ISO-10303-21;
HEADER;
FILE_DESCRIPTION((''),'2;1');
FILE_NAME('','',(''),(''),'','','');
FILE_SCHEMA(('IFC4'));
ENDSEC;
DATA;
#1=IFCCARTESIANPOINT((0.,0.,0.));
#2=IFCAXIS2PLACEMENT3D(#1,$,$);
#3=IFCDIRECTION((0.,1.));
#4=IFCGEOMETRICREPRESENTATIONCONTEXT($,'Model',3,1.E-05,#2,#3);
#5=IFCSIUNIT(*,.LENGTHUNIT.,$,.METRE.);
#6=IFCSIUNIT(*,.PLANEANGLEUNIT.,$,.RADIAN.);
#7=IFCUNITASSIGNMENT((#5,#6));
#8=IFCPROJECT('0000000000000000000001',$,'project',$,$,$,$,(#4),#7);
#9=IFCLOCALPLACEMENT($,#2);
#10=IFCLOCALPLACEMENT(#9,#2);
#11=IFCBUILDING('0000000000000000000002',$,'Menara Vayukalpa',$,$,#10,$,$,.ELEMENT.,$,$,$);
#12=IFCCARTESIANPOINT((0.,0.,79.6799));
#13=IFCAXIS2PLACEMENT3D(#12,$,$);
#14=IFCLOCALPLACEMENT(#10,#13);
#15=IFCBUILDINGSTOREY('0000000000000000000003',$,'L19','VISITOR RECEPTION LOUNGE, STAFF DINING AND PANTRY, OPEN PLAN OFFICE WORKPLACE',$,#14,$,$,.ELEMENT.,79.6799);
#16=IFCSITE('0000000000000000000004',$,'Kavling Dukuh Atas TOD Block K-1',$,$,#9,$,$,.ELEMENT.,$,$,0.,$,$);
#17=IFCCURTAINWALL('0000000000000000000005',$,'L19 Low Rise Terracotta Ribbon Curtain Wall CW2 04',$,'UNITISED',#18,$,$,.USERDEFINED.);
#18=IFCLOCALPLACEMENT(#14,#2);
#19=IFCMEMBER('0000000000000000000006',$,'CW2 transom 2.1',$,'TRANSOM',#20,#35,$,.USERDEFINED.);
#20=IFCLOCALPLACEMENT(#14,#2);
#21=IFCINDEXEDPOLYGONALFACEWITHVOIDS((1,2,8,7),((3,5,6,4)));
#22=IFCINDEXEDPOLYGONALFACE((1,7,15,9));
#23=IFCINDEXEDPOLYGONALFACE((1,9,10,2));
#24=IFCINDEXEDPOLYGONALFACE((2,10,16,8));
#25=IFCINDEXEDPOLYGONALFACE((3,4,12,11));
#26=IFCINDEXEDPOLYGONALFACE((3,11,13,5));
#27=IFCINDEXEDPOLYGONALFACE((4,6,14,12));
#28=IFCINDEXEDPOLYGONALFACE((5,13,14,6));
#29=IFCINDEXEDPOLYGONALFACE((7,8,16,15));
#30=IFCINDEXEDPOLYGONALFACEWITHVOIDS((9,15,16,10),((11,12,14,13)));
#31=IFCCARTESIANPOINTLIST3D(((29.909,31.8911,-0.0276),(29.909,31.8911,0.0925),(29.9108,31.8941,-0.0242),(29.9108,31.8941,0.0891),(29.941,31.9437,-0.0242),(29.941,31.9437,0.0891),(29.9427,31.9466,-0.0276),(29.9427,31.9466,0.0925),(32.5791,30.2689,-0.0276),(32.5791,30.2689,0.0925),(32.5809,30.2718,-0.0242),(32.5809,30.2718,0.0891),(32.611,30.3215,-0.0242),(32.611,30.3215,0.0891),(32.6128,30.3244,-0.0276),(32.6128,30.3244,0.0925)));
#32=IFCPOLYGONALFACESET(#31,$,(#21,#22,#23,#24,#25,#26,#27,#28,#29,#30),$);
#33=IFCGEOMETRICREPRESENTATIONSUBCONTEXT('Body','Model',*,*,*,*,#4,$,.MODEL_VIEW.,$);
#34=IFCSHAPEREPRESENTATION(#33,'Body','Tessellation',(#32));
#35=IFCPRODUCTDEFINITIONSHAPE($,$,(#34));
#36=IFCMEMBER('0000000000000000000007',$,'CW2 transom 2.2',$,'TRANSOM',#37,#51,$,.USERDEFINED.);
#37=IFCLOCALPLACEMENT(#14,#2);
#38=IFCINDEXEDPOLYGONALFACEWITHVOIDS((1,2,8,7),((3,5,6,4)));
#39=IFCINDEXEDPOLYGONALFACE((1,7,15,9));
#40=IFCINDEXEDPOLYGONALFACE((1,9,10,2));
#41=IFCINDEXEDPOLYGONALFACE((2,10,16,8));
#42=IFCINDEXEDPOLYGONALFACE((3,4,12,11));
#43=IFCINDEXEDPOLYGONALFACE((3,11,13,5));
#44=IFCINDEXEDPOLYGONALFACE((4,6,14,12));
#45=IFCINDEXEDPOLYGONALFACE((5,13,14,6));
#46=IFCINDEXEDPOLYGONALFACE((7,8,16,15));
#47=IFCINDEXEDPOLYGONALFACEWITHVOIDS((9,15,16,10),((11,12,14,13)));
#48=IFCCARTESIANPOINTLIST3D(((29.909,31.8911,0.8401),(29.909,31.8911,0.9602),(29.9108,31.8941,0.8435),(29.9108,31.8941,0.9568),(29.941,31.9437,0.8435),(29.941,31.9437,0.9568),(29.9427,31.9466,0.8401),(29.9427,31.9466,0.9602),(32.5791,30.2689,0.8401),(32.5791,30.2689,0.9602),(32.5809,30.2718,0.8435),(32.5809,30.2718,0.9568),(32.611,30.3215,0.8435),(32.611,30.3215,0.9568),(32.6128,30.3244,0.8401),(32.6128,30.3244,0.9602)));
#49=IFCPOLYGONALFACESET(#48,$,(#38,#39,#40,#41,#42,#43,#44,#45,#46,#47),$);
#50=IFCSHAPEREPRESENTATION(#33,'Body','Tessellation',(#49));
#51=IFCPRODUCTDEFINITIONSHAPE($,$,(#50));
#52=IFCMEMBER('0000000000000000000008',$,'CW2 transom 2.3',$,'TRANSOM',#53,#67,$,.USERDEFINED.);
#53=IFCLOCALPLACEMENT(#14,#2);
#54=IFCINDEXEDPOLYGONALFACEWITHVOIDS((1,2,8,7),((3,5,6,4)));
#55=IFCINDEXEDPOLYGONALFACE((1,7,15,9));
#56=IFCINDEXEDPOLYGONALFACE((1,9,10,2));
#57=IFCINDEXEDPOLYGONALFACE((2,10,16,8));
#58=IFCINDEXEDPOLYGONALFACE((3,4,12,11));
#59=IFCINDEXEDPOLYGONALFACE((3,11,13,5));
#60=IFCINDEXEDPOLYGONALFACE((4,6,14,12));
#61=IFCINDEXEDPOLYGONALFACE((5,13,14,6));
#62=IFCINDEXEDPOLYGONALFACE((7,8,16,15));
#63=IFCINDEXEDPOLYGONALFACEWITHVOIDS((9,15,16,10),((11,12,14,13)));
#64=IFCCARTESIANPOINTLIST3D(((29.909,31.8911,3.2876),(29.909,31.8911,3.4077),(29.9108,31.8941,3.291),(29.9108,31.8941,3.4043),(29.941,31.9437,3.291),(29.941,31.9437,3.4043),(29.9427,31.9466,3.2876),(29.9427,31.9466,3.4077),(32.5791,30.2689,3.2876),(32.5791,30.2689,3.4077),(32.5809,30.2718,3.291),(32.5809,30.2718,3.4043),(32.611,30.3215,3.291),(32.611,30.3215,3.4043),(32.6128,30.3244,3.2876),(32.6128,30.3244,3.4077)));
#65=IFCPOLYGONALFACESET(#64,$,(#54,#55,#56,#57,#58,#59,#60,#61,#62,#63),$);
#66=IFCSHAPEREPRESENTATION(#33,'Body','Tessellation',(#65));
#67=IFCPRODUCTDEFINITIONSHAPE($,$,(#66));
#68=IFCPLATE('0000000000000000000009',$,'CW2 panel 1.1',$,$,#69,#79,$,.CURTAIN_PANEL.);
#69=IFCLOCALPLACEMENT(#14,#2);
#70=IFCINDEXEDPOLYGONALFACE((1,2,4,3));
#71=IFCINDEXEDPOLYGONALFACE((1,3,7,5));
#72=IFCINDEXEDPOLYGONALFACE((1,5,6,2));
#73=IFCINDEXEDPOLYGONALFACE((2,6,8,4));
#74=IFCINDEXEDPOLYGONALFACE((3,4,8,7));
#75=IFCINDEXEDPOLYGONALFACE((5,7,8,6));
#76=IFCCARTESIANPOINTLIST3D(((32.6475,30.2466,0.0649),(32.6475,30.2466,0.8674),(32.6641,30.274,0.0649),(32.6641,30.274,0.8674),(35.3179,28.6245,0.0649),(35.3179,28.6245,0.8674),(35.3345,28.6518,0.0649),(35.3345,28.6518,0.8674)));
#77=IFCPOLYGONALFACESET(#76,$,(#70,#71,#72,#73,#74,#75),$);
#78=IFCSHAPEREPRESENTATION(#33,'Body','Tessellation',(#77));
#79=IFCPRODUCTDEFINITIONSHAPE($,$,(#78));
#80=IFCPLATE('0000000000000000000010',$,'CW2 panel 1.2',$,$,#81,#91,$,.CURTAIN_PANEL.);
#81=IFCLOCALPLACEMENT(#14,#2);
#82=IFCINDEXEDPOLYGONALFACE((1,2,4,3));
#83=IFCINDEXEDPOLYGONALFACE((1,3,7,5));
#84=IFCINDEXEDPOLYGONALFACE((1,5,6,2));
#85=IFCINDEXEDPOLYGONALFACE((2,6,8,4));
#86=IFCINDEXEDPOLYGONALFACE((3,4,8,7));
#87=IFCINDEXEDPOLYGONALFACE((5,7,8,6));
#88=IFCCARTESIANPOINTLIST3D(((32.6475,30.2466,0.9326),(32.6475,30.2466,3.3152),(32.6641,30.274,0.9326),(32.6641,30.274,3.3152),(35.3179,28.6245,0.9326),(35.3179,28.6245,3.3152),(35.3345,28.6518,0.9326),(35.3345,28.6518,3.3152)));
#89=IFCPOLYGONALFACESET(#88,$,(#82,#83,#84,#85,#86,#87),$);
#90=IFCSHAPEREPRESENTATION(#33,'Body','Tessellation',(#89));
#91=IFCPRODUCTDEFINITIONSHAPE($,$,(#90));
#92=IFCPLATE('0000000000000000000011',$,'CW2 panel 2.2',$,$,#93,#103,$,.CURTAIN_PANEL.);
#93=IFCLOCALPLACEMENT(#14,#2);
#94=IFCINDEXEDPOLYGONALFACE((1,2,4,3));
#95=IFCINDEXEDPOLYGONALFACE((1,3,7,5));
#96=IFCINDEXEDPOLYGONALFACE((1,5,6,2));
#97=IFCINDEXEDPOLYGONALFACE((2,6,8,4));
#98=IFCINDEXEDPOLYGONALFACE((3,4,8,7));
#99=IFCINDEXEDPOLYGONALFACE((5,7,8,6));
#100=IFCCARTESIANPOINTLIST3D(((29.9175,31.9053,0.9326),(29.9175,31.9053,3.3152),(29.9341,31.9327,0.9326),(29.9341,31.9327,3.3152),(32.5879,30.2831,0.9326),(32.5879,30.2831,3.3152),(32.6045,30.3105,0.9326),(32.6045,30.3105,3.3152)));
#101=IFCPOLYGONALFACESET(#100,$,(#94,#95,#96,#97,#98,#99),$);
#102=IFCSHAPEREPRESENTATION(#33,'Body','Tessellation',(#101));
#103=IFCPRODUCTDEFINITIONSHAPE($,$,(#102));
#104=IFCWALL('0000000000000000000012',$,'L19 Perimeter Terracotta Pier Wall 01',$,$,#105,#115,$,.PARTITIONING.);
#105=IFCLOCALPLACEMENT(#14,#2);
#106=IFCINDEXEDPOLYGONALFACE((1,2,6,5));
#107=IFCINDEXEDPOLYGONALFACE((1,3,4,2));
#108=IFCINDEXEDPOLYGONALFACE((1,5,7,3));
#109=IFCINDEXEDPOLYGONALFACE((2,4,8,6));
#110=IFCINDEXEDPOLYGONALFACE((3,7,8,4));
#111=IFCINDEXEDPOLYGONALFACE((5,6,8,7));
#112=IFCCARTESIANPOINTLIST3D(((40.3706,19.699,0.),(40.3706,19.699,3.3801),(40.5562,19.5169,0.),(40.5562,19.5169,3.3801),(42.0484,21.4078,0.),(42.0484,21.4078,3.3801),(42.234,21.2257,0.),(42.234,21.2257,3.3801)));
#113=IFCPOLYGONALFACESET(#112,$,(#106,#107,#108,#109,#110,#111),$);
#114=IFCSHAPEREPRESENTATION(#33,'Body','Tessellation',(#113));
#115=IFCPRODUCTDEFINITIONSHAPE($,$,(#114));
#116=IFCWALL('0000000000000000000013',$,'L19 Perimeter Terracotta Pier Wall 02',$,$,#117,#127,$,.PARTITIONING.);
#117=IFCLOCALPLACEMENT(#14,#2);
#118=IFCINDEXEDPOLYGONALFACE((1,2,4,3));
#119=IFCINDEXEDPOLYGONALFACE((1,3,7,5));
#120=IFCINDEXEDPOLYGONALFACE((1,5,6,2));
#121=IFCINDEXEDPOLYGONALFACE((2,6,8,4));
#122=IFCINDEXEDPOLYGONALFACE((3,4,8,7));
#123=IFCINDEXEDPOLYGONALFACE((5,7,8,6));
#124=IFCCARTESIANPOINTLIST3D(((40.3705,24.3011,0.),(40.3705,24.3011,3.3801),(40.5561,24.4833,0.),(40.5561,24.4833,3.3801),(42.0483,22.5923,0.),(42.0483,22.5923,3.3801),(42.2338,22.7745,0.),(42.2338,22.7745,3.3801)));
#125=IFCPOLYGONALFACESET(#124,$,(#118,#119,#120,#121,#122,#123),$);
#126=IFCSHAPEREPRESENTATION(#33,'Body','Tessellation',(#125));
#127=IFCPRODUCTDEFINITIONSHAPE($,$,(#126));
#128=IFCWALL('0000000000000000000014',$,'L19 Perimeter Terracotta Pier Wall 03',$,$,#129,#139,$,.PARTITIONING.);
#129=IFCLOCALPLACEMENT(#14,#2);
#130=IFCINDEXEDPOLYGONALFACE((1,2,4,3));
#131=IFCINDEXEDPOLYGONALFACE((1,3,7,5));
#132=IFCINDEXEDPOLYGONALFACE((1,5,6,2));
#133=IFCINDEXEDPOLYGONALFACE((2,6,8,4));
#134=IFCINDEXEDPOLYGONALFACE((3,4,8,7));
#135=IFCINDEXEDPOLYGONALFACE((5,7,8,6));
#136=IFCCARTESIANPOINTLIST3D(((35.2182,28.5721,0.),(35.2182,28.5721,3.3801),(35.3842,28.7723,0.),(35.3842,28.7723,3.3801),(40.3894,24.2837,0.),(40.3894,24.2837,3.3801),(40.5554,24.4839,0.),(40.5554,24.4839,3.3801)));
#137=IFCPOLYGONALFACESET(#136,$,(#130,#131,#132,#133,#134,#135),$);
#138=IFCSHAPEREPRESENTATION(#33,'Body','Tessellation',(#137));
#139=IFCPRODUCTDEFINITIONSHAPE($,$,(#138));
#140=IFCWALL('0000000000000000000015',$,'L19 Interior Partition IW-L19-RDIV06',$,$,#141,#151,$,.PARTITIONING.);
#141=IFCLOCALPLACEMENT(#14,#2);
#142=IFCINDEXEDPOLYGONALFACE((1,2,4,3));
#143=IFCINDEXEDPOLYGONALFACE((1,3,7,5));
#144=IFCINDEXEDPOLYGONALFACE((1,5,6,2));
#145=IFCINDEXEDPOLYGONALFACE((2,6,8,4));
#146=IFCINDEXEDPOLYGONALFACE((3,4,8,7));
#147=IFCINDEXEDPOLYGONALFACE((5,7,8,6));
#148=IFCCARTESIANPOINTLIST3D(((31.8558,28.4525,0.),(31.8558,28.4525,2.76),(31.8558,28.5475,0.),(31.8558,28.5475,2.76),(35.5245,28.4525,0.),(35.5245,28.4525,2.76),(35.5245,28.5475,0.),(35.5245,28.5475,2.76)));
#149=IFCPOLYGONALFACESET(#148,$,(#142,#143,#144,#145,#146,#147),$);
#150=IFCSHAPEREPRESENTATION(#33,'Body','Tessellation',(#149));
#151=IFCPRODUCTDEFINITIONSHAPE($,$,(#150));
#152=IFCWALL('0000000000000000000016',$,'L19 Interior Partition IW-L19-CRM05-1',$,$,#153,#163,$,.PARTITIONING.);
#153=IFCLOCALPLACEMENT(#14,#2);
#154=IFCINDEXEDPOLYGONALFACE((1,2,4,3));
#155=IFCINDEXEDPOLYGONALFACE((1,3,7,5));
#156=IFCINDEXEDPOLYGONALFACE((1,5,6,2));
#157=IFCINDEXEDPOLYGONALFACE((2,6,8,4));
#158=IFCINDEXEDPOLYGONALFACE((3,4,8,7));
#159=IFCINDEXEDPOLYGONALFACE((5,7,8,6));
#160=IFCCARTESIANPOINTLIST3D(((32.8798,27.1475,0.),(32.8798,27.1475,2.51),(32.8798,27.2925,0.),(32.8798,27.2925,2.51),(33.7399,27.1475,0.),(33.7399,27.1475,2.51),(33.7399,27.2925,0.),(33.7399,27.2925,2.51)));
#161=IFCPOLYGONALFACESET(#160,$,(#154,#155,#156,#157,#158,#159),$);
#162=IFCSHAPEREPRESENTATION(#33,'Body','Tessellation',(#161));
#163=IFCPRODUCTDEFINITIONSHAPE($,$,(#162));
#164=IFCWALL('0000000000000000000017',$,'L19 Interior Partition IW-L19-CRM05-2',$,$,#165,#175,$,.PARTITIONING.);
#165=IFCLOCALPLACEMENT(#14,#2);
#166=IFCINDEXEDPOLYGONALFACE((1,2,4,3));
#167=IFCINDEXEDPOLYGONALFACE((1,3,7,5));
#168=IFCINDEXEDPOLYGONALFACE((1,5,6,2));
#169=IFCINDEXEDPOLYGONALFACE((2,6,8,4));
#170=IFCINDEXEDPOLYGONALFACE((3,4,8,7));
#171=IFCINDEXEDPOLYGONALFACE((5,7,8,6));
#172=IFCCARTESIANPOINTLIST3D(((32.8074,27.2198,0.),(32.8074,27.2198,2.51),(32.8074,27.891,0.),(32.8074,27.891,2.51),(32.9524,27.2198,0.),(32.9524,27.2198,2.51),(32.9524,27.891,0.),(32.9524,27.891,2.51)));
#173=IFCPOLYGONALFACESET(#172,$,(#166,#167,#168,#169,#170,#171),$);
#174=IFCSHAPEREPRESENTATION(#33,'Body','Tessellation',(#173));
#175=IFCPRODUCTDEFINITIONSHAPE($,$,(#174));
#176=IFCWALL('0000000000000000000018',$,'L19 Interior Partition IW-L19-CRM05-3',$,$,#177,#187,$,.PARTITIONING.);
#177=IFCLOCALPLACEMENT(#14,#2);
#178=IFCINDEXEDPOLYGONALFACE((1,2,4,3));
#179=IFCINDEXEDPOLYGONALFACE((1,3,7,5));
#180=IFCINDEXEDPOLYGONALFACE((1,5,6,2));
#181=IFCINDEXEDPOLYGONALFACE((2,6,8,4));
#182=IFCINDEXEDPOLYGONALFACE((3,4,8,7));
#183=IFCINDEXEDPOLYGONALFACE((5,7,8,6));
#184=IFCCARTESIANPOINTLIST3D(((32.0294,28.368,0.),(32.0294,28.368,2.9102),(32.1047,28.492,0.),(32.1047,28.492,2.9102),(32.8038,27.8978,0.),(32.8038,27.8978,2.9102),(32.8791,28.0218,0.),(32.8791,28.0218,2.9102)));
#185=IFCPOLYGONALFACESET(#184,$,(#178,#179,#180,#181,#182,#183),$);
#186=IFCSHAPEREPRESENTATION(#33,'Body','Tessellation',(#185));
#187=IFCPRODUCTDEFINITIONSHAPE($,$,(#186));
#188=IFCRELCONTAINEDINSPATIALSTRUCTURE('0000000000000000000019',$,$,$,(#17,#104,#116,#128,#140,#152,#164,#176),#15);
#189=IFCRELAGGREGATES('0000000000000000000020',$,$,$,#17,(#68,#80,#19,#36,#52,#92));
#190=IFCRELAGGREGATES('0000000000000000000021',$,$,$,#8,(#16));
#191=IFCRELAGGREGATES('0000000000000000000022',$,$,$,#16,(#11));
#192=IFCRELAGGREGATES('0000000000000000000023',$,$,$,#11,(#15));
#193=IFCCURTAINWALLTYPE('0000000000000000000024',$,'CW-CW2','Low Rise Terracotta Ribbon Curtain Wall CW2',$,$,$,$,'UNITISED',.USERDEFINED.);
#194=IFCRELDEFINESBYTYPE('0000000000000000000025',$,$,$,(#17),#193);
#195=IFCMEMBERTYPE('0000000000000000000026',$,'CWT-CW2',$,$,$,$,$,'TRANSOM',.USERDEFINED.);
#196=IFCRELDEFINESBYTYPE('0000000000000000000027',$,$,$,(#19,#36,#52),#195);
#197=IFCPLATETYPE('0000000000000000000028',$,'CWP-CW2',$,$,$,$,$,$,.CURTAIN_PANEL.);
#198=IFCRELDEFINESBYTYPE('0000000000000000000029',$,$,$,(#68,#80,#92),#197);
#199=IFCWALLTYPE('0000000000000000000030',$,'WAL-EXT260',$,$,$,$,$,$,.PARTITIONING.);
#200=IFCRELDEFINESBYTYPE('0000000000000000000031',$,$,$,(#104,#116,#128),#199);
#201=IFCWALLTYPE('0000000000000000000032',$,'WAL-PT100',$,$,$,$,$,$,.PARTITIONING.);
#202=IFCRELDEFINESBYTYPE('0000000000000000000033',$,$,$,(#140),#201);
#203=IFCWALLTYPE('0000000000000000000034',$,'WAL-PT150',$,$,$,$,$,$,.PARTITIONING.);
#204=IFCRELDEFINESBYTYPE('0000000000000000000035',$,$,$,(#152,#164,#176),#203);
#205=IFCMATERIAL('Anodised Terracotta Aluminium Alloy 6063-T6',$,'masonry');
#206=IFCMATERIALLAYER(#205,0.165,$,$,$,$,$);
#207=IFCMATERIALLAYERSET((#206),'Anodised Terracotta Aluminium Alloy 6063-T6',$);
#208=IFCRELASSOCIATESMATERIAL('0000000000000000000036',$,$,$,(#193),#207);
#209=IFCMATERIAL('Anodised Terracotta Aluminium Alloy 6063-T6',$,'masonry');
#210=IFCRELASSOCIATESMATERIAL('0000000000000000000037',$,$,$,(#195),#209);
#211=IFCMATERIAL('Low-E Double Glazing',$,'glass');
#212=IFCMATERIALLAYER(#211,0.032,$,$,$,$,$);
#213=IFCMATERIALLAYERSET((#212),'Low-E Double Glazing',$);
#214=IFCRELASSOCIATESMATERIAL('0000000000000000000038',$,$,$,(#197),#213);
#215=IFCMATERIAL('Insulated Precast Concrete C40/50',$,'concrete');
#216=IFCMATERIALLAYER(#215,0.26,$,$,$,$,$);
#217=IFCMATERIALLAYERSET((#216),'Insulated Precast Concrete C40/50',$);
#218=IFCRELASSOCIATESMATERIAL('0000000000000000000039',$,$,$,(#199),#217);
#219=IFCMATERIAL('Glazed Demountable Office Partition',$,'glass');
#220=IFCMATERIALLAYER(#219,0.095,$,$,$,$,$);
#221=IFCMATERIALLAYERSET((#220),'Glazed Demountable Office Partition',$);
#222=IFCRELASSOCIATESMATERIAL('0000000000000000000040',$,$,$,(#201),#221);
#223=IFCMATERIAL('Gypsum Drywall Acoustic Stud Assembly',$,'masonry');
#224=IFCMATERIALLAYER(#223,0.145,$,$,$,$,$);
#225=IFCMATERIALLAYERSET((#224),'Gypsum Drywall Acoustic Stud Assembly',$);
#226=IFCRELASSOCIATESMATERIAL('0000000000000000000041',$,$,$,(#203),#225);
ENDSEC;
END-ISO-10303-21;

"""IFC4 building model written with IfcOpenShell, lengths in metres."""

from ifc_helpers import new_model, si_unit, direction, frame, frame_2d, origin, origin_2d, place, context, subcontext, project, spatial, rectangle, hollow_rectangle, extrude, material, layer, layer_set, material_profile, profile_set, type_object, element, aggregate, save


model = new_model("IFC4")

# Units and contexts
model_context = context("Model", 3, precision=1e-05, world=origin(), true_north=direction((0.0, 1.0)))
body_context = subcontext(model_context, "Body", "Model", "MODEL_VIEW")
ifc_project = project(units=[si_unit("LENGTHUNIT", "METRE"), si_unit("PLANEANGLEUNIT", "RADIAN")], contexts=[model_context])

# Site, building, storey
site_placement = place(None, origin())
site = spatial("IfcSite", under=ifc_project, at=site_placement, Name="Kavling Dukuh Atas TOD Block K-1", CompositionType="ELEMENT", RefElevation=0.0)
building_placement = place(site_placement, origin())
building = spatial("IfcBuilding", under=site, at=building_placement, Name="Menara Vayukalpa", CompositionType="ELEMENT")
storey_placement = place(building_placement, frame((0.0, 0.0, 79.6799)))
storey = spatial("IfcBuildingStorey", under=building, at=storey_placement, Name="L19", Description="VISITOR RECEPTION LOUNGE, STAFF DINING AND PANTRY, OPEN PLAN OFFICE WORKPLACE", CompositionType="ELEMENT", Elevation=79.6799)

# Curtain wall, members, plates
ifc_material_1 = material(Name="Anodised Terracotta Aluminium Alloy 6063-T6", Category="masonry")
ifc_layer_1 = layer(ifc_material_1, 0.165)
ifc_layer_set_1 = layer_set([ifc_layer_1], Name="Anodised Terracotta Aluminium Alloy 6063-T6")
curtain_wall_type = type_object("IfcCurtainWallType", Name="CW-CW2", Description="Low Rise Terracotta Ribbon Curtain Wall CW2", ElementType="UNITISED", PredefinedType="USERDEFINED", material=ifc_layer_set_1)
curtain_wall_placement = place(storey_placement, origin())
curtain_wall = element("IfcCurtainWall", 1, at=curtain_wall_placement, inside=storey, type_object=curtain_wall_type, Name="L19 Low Rise Terracotta Ribbon Curtain Wall CW2 04", ObjectType="UNITISED", PredefinedType="USERDEFINED")
ifc_material_2 = material(Name="Anodised Terracotta Aluminium Alloy 6063-T6", Category="masonry")
ifc_material_profile_1 = material_profile(ifc_material_2, hollow_rectangle(XDim=0.0649, YDim=0.1201, WallThickness=0.0034, at=origin_2d()), Name="ALU 65x120x3.5")
ifc_profile_set_1 = profile_set([ifc_material_profile_1], Name="Anodised Terracotta Aluminium Alloy 6063-T6")
member_type_1 = type_object("IfcMemberType", Name="CWT-CW2", ElementType="TRANSOM", PredefinedType="USERDEFINED", material=ifc_profile_set_1)
member_1_placement = place(storey_placement, frame((32.5959, 30.2966, 0.0325), z_axis=(-0.854625, 0.519245, 0.0), x_axis=(-0.519245, -0.854625, 0.0)))
member_1 = element("IfcMember", 2, at=member_1_placement, type_object=member_type_1, Name="CW2 transom 2.1", ObjectType="TRANSOM", PredefinedType="USERDEFINED", context=body_context, shape_type="SweptSolid", body=[
    extrude(hollow_rectangle(XDim=0.0649, YDim=0.1201, WallThickness=0.0034, at=origin_2d()), origin(), (0.0, 0.0, 1.0), 3.1243),
])
member_2_placement = place(storey_placement, frame((32.5959, 30.2966, 0.9001), z_axis=(-0.854625, 0.519245, 0.0), x_axis=(-0.519245, -0.854625, 0.0)))
member_2 = element("IfcMember", 3, at=member_2_placement, type_object=member_type_1, Name="CW2 transom 2.2", ObjectType="TRANSOM", PredefinedType="USERDEFINED", context=body_context, shape_type="SweptSolid", body=[
    extrude(hollow_rectangle(XDim=0.0649, YDim=0.1201, WallThickness=0.0034, at=origin_2d()), origin(), (0.0, 0.0, 1.0), 3.1243),
])
member_3_placement = place(storey_placement, frame((32.5959, 30.2966, 3.3477), z_axis=(-0.854625, 0.519245, 0.0), x_axis=(-0.519245, -0.854625, 0.0)))
member_3 = element("IfcMember", 4, at=member_3_placement, type_object=member_type_1, Name="CW2 transom 2.3", ObjectType="TRANSOM", PredefinedType="USERDEFINED", context=body_context, shape_type="SweptSolid", body=[
    extrude(hollow_rectangle(XDim=0.0649, YDim=0.1201, WallThickness=0.0034, at=origin_2d()), origin(), (0.0, 0.0, 1.0), 3.1243),
])
ifc_material_3 = material(Name="Low-E Double Glazing", Category="glass")
ifc_layer_2 = layer(ifc_material_3, 0.032)
ifc_layer_set_2 = layer_set([ifc_layer_2], Name="Low-E Double Glazing")
plate_type = type_object("IfcPlateType", Name="CWP-CW2", PredefinedType="CURTAIN_PANEL", material=ifc_layer_set_2)
plate_1_placement = place(storey_placement, frame((33.991, 29.4492, 0.0649), z_axis=(0.0, 0.0, 1.0), x_axis=(-0.854663, 0.519183, 0.0)))
plate_1 = element("IfcPlate", 5, at=plate_1_placement, type_object=plate_type, Name="CW2 panel 1.1", PredefinedType="CURTAIN_PANEL", context=body_context, shape_type="SweptSolid", body=[
    extrude(rectangle(XDim=3.1245, YDim=0.032, at=origin_2d()), origin(), (0.0, 0.0, 1.0), 0.8025),
])
plate_2_placement = place(storey_placement, frame((33.991, 29.4492, 0.9326), z_axis=(0.0, 0.0, 1.0), x_axis=(-0.854663, 0.519183, 0.0)))
plate_2 = element("IfcPlate", 6, at=plate_2_placement, type_object=plate_type, Name="CW2 panel 1.2", PredefinedType="CURTAIN_PANEL", context=body_context, shape_type="SweptSolid", body=[
    extrude(rectangle(XDim=3.1245, YDim=0.032, at=origin_2d()), origin(), (0.0, 0.0, 1.0), 2.3826),
])
plate_3_placement = place(storey_placement, frame((31.261, 31.1079, 0.9326), z_axis=(0.0, 0.0, 1.0), x_axis=(-0.854663, 0.519183, 0.0)))
plate_3 = element("IfcPlate", 7, at=plate_3_placement, type_object=plate_type, Name="CW2 panel 2.2", PredefinedType="CURTAIN_PANEL", context=body_context, shape_type="SweptSolid", body=[
    extrude(rectangle(XDim=3.1245, YDim=0.032, at=origin_2d()), origin(), (0.0, 0.0, 1.0), 2.3826),
])
aggregate(curtain_wall, [plate_1, plate_2, member_1, member_2, member_3, plate_3])

# Walls
ifc_material_4 = material(Name="Insulated Precast Concrete C40/50", Category="concrete")
ifc_layer_3 = layer(ifc_material_4, 0.26)
ifc_layer_set_3 = layer_set([ifc_layer_3], Name="Insulated Precast Concrete C40/50")
wall_type_1 = type_object("IfcWallType", Name="WAL-EXT260", PredefinedType="PARTITIONING", material=ifc_layer_set_3)
for number, where, z_axis, x_axis, name in (
    (8, (42.1411, 21.3167, 0.0), (0.0, 0.0, 1.0), (-0.700603, -0.713551, 0.0), "L19 Perimeter Terracotta Pier Wall 01"),
    (9, (40.4634, 24.3921, 0.0), (0.0, 0.0, 1.0), (0.700603, -0.713551, 0.0), "L19 Perimeter Terracotta Pier Wall 02"),
):
    element("IfcWall", number, at=place(storey_placement, frame(where, z_axis=z_axis, x_axis=x_axis)), inside=storey, type_object=wall_type_1, Name=name, PredefinedType="PARTITIONING", context=body_context, shape_type="SweptSolid", body=[
        extrude(rectangle(XDim=2.3948, YDim=0.26, at=frame_2d((1.1973, 0.0))), origin(), (0.0, 0.0, 1.0), 3.3801),
    ])
wall_1_placement = place(storey_placement, frame((35.3013, 28.6721, 0.0), z_axis=(0.0, 0.0, 1.0), x_axis=(0.769753, -0.638342, 0.0)))
element("IfcWall", 10, at=wall_1_placement, inside=storey, type_object=wall_type_1, Name="L19 Perimeter Terracotta Pier Wall 03", PredefinedType="PARTITIONING", context=body_context, shape_type="SweptSolid", body=[
    extrude(rectangle(XDim=6.718, YDim=0.26, at=frame_2d((3.3589, 0.0))), origin(), (0.0, 0.0, 1.0), 3.3801),
])
ifc_material_5 = material(Name="Glazed Demountable Office Partition", Category="glass")
ifc_layer_4 = layer(ifc_material_5, 0.095)
ifc_layer_set_4 = layer_set([ifc_layer_4], Name="Glazed Demountable Office Partition")
wall_type_2 = type_object("IfcWallType", Name="WAL-PT100", PredefinedType="PARTITIONING", material=ifc_layer_set_4)
wall_2_placement = place(storey_placement, frame((31.8557, 28.5, 0.0), z_axis=(0.0, 0.0, 1.0), x_axis=(1.0, 0.0, 0.0)))
element("IfcWall", 11, at=wall_2_placement, inside=storey, type_object=wall_type_2, Name="L19 Interior Partition IW-L19-RDIV06", PredefinedType="PARTITIONING", context=body_context, shape_type="SweptSolid", body=[
    extrude(rectangle(XDim=3.6687, YDim=0.095, at=frame_2d((1.8345, 0.0))), origin(), (0.0, 0.0, 1.0), 2.76),
])
ifc_material_6 = material(Name="Gypsum Drywall Acoustic Stud Assembly", Category="masonry")
ifc_layer_5 = layer(ifc_material_6, 0.145)
ifc_layer_set_5 = layer_set([ifc_layer_5], Name="Gypsum Drywall Acoustic Stud Assembly")
wall_type_3 = type_object("IfcWallType", Name="WAL-PT150", PredefinedType="PARTITIONING", material=ifc_layer_set_5)
wall_3_placement = place(storey_placement, frame((33.74, 27.22, 0.0), z_axis=(0.0, 0.0, 1.0), x_axis=(-1.0, 0.0, 0.0)))
element("IfcWall", 12, at=wall_3_placement, inside=storey, type_object=wall_type_3, Name="L19 Interior Partition IW-L19-CRM05-1", PredefinedType="PARTITIONING", context=body_context, shape_type="SweptSolid", body=[
    extrude(rectangle(XDim=0.8601, YDim=0.145, at=frame_2d((0.4302, 0.0))), origin(), (0.0, 0.0, 1.0), 2.51),
])
wall_4_placement = place(storey_placement, frame((32.8799, 27.22, 0.0), z_axis=(0.0, 0.0, 1.0), x_axis=(0.0, 1.0, 0.0)))
element("IfcWall", 13, at=wall_4_placement, inside=storey, type_object=wall_type_3, Name="L19 Interior Partition IW-L19-CRM05-2", PredefinedType="PARTITIONING", context=body_context, shape_type="SweptSolid", body=[
    extrude(rectangle(XDim=0.6711, YDim=0.145, at=frame_2d((0.3354, 0.0))), origin(), (0.0, 0.0, 1.0), 2.51),
])
wall_5_placement = place(storey_placement, frame((32.8416, 27.9597, 0.0), z_axis=(0.0, 0.0, 1.0), x_axis=(-0.85477, 0.519006, 0.0)))
element("IfcWall", 14, at=wall_5_placement, inside=storey, type_object=wall_type_3, Name="L19 Interior Partition IW-L19-CRM05-3", PredefinedType="PARTITIONING", context=body_context, shape_type="SweptSolid", body=[
    extrude(rectangle(XDim=0.906, YDim=0.145, at=frame_2d((0.4531, 0.0))), origin(), (0.0, 0.0, 1.0), 2.9102),
])

save(model, "model.ifc")
